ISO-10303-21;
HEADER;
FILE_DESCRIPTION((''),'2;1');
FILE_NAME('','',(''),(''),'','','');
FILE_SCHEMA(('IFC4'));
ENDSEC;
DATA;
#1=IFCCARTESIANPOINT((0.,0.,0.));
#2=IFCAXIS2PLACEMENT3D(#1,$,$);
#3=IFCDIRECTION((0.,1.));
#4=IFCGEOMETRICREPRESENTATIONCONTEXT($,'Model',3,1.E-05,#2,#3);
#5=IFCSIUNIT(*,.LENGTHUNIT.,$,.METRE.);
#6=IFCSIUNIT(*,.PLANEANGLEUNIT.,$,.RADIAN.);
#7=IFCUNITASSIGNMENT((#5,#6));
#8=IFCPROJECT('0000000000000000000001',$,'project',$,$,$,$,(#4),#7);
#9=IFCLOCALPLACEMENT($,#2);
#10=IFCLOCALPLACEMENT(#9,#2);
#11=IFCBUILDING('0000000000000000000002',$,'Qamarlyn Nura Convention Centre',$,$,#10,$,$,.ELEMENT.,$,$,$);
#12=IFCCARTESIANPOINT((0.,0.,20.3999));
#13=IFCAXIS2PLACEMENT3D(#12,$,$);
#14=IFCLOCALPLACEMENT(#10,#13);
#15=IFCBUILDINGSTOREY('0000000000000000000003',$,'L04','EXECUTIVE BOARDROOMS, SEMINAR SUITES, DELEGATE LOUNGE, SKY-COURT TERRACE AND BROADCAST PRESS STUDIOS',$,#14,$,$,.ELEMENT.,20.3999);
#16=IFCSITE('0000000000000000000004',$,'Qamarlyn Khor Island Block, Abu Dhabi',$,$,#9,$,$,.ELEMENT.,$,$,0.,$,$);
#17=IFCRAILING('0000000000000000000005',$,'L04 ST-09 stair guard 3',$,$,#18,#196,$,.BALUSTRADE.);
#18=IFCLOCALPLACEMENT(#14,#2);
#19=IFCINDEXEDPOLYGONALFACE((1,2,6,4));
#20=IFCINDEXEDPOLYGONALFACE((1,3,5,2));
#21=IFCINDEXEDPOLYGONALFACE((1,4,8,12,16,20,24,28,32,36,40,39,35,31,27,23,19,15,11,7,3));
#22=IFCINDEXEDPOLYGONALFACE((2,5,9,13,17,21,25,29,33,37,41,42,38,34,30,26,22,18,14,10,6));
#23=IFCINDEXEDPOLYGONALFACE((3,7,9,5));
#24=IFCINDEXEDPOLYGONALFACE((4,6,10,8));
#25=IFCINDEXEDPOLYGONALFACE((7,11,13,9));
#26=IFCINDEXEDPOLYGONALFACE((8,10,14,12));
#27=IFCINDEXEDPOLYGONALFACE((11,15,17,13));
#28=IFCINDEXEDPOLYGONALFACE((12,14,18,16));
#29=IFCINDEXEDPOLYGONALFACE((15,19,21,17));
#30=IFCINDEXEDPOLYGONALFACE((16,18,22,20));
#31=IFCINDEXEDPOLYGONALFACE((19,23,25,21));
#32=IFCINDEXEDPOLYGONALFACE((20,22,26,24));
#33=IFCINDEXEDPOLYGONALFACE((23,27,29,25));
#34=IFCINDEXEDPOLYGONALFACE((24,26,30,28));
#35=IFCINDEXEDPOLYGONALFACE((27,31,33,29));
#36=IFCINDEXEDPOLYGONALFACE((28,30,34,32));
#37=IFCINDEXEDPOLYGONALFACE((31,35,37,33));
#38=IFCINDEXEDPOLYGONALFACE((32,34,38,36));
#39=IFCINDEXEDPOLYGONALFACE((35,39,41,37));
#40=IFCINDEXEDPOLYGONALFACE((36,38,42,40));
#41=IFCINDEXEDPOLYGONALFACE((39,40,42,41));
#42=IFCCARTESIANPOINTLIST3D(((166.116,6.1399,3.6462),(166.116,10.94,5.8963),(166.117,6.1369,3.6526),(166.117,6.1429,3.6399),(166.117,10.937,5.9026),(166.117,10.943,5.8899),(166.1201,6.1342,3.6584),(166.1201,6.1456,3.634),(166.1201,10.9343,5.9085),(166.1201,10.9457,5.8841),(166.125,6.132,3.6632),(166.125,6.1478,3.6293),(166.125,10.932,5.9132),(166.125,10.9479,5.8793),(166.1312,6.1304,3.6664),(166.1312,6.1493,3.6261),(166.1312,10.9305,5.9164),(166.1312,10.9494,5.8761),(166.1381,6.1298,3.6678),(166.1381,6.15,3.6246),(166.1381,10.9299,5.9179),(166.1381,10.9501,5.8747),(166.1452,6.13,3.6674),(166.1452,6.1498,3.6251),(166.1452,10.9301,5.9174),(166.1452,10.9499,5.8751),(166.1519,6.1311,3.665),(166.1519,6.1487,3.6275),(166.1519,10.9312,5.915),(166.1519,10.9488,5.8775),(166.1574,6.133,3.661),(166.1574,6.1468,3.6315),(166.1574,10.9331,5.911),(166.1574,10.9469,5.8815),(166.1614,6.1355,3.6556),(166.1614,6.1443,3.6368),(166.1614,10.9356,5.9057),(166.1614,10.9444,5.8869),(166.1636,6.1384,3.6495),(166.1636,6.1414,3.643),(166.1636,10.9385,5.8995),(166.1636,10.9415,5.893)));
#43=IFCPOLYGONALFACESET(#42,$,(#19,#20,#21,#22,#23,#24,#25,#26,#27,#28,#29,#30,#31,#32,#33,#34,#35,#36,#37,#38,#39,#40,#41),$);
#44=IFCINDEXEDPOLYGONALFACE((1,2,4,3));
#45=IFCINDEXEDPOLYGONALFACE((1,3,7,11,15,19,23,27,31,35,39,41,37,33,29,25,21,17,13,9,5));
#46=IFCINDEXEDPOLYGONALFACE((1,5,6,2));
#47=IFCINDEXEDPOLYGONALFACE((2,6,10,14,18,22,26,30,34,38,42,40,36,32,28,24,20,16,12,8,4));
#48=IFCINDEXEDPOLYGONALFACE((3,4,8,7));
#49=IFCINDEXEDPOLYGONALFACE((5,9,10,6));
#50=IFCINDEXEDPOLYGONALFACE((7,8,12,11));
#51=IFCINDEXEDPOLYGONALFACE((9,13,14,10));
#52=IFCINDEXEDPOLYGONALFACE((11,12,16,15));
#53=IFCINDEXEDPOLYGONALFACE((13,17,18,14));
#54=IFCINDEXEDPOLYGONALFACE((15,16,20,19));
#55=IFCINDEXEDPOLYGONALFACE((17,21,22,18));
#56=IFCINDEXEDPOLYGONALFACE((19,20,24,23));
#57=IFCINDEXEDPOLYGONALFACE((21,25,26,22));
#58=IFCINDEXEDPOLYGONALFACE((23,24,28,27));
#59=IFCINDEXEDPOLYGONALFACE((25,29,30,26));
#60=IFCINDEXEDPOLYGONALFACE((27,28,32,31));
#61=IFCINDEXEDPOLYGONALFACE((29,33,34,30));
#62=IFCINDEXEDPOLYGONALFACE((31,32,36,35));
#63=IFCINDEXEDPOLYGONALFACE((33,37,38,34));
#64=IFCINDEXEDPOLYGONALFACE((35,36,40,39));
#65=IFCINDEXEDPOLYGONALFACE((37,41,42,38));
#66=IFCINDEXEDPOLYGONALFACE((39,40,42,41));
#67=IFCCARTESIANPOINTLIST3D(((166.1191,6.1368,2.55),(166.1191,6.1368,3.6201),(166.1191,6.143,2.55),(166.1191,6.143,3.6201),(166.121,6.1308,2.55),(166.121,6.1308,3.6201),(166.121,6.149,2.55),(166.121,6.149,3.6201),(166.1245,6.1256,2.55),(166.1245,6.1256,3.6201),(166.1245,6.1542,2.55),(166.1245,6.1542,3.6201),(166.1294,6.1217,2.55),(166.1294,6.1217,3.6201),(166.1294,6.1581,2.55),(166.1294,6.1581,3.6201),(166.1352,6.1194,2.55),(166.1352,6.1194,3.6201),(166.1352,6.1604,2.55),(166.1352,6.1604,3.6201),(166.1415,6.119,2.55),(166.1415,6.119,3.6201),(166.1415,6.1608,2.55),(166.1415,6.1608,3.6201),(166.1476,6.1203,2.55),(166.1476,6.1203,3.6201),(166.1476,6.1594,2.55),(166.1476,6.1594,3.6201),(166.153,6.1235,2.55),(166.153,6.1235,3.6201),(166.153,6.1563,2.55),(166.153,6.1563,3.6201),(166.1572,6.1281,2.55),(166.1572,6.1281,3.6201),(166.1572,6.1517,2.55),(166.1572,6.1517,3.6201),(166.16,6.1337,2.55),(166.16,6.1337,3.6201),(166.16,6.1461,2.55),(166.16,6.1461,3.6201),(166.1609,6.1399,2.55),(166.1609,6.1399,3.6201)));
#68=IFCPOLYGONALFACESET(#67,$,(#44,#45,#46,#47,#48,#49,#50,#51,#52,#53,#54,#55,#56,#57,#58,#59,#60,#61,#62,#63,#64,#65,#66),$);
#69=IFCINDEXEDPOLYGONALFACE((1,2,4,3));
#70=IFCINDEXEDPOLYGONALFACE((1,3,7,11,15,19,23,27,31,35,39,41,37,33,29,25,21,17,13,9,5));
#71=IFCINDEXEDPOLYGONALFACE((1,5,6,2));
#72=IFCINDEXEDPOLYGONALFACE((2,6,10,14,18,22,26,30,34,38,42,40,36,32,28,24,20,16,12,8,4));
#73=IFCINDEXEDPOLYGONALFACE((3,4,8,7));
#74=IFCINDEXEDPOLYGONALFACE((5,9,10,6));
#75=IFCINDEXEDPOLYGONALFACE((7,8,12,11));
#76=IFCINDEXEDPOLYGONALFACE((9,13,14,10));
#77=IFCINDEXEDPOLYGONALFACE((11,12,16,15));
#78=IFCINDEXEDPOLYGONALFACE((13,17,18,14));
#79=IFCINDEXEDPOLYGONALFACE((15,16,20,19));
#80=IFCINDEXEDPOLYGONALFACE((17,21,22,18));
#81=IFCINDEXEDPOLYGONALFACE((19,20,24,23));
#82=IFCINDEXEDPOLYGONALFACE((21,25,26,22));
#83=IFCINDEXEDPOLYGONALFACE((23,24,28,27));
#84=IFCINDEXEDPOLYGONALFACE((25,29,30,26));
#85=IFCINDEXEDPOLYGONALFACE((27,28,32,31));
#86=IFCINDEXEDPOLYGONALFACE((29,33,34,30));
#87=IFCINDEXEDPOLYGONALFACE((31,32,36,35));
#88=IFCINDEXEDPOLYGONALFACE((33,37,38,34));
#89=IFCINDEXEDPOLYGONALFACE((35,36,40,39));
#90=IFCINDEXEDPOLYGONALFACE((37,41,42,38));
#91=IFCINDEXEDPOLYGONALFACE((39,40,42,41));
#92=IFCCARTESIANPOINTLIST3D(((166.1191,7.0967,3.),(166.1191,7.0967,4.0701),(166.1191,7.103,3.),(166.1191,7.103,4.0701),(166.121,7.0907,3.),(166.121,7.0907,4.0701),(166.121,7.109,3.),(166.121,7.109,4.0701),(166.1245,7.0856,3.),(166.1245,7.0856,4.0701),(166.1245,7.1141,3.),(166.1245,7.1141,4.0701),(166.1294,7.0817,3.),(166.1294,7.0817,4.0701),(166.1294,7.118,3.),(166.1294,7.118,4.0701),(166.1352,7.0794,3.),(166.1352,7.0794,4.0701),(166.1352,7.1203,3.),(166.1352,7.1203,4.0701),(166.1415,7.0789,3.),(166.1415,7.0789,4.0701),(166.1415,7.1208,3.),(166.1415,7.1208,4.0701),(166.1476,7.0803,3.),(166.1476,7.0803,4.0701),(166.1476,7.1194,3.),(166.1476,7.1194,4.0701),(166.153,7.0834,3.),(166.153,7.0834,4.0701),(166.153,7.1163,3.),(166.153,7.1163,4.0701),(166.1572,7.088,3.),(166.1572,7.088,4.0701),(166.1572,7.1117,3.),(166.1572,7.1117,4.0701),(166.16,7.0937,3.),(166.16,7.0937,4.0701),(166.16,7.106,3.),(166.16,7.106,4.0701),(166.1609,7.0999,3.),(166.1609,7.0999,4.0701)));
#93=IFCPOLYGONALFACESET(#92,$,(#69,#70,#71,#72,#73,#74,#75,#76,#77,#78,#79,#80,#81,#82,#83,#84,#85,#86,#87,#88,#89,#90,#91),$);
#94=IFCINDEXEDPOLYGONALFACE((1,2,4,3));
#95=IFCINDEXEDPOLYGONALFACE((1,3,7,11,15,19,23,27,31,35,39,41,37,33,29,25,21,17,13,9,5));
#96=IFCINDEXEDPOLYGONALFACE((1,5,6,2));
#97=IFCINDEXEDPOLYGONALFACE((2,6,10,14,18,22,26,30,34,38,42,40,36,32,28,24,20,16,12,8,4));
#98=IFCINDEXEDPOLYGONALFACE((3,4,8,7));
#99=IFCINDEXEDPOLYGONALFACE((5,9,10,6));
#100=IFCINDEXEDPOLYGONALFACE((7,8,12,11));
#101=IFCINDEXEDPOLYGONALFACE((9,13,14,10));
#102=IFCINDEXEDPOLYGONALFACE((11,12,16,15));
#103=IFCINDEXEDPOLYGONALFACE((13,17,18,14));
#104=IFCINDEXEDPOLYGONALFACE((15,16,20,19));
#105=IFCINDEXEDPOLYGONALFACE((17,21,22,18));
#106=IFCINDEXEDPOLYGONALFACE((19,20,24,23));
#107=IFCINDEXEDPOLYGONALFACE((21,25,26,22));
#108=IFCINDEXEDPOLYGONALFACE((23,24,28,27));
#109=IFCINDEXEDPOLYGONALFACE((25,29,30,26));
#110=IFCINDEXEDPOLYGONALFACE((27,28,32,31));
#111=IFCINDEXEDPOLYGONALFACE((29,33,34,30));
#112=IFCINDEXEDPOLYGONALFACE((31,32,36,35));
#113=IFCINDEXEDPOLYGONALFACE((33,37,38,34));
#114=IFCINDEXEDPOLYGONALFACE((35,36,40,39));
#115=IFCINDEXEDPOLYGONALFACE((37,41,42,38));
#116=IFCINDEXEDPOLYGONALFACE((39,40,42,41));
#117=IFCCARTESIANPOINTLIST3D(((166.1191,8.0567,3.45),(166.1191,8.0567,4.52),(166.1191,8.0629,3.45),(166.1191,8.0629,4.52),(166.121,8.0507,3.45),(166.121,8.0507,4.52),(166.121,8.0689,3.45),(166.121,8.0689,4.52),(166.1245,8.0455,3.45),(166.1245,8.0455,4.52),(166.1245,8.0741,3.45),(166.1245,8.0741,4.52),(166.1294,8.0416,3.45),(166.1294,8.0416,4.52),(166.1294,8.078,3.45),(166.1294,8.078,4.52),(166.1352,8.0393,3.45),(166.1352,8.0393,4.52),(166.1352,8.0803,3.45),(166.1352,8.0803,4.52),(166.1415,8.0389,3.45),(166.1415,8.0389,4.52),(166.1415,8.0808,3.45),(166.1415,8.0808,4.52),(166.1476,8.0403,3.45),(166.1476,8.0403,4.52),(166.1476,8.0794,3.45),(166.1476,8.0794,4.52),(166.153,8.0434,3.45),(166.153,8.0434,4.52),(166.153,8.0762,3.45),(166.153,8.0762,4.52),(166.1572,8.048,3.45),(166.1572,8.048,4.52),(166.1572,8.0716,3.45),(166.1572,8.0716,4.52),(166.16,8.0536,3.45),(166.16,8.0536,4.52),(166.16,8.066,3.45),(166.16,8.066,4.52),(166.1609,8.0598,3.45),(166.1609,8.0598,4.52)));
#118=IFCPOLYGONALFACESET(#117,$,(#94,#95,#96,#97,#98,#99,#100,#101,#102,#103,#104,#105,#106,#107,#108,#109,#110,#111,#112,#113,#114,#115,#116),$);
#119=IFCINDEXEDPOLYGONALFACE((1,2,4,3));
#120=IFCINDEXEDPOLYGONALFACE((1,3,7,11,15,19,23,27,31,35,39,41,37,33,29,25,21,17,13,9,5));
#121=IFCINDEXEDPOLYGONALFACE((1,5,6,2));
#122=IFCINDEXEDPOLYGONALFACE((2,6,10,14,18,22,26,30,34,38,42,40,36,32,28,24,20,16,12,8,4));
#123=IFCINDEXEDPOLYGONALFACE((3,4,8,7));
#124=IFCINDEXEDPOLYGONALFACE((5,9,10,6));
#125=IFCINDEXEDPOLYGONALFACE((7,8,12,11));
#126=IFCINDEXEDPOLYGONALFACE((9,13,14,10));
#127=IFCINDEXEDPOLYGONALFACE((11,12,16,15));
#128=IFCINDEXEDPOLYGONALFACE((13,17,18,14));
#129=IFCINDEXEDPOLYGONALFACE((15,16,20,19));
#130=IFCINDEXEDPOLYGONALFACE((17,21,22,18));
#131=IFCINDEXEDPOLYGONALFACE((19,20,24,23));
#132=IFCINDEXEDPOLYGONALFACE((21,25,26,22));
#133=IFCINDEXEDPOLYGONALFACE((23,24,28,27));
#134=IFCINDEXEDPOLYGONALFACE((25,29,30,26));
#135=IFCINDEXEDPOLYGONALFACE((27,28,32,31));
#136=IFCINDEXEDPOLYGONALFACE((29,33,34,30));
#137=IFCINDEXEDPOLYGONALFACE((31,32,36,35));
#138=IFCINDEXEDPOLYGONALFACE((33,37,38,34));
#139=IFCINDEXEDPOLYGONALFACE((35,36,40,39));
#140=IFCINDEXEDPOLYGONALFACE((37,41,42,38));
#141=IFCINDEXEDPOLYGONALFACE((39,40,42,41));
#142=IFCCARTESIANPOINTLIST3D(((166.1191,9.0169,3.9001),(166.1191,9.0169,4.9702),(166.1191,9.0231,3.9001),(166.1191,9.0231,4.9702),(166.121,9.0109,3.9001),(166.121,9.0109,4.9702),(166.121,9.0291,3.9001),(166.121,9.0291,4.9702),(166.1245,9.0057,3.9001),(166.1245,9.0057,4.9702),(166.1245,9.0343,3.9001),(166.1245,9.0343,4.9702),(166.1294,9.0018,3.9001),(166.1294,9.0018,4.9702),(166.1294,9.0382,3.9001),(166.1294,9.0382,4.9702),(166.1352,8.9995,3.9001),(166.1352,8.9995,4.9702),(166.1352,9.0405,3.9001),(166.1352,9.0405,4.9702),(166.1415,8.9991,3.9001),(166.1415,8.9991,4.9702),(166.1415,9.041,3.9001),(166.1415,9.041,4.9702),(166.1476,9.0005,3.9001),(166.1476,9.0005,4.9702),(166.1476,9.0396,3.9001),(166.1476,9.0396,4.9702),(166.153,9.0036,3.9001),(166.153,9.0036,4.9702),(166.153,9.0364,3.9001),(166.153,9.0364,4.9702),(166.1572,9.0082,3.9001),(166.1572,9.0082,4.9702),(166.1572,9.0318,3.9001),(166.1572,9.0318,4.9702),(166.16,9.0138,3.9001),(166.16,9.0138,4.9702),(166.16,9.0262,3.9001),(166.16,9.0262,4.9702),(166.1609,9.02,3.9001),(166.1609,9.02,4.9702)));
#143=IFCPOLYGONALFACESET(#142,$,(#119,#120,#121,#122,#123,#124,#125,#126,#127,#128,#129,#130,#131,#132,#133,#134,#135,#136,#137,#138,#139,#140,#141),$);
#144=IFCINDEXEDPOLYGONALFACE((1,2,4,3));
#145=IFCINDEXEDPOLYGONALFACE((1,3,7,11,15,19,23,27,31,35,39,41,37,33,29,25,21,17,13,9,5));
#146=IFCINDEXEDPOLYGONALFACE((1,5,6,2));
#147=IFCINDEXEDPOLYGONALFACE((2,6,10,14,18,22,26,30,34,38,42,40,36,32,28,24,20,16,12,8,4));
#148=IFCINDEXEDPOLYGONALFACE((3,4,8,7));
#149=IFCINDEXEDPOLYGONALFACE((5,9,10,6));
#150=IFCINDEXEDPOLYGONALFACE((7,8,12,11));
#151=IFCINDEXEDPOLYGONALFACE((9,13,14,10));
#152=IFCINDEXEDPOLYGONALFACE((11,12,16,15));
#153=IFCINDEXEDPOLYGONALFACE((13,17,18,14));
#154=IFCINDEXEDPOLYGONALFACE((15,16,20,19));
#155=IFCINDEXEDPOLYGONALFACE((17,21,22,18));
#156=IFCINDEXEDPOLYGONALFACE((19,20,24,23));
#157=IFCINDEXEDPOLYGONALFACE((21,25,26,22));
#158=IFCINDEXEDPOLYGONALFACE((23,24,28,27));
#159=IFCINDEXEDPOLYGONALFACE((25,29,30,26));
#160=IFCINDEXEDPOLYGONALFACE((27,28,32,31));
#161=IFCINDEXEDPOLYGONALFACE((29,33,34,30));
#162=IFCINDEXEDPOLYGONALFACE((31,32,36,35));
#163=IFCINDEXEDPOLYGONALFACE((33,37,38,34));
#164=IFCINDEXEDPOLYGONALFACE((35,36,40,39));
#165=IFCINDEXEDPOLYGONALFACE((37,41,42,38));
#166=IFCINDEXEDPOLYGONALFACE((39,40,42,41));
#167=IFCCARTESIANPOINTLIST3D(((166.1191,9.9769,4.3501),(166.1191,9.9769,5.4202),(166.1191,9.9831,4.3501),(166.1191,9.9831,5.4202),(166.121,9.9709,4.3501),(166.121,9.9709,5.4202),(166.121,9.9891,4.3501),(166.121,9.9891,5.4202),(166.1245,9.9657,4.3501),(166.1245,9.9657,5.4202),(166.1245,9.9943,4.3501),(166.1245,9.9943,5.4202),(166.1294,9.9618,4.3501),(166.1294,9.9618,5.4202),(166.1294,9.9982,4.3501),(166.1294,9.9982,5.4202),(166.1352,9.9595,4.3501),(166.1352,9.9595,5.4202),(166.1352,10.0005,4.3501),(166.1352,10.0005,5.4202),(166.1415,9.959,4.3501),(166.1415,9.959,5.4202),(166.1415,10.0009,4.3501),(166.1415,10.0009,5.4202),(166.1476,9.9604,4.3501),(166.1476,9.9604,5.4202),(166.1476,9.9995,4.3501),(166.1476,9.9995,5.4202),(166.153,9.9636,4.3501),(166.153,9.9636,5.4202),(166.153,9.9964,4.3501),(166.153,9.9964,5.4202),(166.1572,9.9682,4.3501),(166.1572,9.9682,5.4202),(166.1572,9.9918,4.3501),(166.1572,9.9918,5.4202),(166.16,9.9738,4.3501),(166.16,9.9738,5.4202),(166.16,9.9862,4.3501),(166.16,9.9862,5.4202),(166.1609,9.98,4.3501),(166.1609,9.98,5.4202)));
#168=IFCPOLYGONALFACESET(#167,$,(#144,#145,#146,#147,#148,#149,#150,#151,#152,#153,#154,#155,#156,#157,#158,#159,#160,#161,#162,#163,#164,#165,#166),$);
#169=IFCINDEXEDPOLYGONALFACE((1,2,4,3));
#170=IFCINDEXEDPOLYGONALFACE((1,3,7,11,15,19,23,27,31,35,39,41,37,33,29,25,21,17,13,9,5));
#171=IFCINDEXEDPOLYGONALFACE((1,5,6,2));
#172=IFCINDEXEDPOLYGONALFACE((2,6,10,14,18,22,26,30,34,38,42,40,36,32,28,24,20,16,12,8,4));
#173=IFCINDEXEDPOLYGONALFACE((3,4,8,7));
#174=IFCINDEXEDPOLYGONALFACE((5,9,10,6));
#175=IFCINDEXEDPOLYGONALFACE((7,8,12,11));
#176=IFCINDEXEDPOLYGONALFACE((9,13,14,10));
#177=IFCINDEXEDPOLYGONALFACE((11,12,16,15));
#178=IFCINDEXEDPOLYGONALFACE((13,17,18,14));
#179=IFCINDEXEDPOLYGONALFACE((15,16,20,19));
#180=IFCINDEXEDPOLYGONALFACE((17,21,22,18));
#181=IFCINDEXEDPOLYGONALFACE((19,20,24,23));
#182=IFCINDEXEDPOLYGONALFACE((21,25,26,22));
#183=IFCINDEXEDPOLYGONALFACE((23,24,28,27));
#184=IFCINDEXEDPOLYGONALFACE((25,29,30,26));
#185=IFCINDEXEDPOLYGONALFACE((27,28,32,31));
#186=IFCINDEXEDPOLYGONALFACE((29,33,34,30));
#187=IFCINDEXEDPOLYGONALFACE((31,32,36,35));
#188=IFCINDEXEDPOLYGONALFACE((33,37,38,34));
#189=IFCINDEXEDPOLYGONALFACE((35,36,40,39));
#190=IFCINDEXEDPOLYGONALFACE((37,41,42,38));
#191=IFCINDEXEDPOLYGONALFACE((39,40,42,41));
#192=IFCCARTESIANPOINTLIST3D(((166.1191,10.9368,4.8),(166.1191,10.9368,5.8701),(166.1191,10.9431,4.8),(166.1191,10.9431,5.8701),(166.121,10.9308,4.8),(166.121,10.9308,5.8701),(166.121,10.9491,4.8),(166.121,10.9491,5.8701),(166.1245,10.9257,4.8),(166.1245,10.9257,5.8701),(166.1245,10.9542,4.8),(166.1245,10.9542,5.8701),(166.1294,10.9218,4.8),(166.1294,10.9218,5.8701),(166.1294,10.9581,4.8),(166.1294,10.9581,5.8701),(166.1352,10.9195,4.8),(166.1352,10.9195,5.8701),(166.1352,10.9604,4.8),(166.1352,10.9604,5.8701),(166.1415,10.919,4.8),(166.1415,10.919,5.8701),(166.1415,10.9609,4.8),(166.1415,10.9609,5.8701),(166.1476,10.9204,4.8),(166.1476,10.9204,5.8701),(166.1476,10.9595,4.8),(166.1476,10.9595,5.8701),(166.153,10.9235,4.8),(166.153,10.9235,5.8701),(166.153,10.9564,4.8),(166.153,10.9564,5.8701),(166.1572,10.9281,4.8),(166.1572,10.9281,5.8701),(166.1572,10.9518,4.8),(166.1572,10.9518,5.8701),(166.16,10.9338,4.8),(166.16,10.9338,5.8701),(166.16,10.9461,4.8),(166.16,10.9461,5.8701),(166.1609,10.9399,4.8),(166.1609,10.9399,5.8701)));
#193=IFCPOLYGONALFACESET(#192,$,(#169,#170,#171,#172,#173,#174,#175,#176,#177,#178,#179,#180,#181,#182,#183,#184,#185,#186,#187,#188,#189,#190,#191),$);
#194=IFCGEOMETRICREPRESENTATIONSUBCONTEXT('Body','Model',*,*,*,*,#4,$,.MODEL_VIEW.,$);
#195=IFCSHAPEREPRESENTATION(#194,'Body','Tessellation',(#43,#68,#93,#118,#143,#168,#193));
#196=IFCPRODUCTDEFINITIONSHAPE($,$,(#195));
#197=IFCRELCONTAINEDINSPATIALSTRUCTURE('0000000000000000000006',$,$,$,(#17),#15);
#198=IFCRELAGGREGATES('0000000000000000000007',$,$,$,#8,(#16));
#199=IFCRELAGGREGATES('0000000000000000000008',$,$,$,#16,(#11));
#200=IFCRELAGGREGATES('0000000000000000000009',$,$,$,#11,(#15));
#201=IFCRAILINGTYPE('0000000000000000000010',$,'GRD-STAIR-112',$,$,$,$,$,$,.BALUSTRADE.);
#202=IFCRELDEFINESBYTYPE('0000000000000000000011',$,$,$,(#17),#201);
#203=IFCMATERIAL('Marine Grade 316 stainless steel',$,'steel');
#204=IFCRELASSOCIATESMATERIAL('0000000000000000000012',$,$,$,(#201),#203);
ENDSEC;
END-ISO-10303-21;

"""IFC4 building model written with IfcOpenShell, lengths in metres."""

from ifc_helpers import new_model, si_unit, direction, frame, origin, origin_2d, place, context, subcontext, project, spatial, circle, extrude, material, type_object, element, save


model = new_model("IFC4")

# Units and contexts
model_context = context("Model", 3, precision=1e-05, world=origin(), true_north=direction((0.0, 1.0)))
body_context = subcontext(model_context, "Body", "Model", "MODEL_VIEW")
ifc_project = project(units=[si_unit("LENGTHUNIT", "METRE"), si_unit("PLANEANGLEUNIT", "RADIAN")], contexts=[model_context])

# Site, building, storey
site_placement = place(None, origin())
site = spatial("IfcSite", under=ifc_project, at=site_placement, Name="Qamarlyn Khor Island Block, Abu Dhabi", CompositionType="ELEMENT", RefElevation=0.0)
building_placement = place(site_placement, origin())
building = spatial("IfcBuilding", under=site, at=building_placement, Name="Qamarlyn Nura Convention Centre", CompositionType="ELEMENT")
storey_placement = place(building_placement, frame((0.0, 0.0, 20.3999)))
storey = spatial("IfcBuildingStorey", under=building, at=storey_placement, Name="L04", Description="EXECUTIVE BOARDROOMS, SEMINAR SUITES, DELEGATE LOUNGE, SKY-COURT TERRACE AND BROADCAST PRESS STUDIOS", CompositionType="ELEMENT", Elevation=20.3999)

# Railing
ifc_material_1 = material(Name="Marine Grade 316 stainless steel", Category="steel")
railing_type_1 = type_object("IfcRailingType", Name="GRD-STAIR-112", PredefinedType="BALUSTRADE", material=ifc_material_1)
railing_1_placement = place(storey_placement, frame((166.1399, 6.1399, 2.55)))
element("IfcRailing", 1, at=railing_1_placement, inside=storey, type_object=railing_type_1, Name="L04 ST-09 stair guard 3", PredefinedType="BALUSTRADE", context=body_context, shape_type="SweptSolid", body=[
    extrude(circle(Radius=0.0239, at=origin_2d()), frame((0.0, 0.0, 1.0962), z_axis=(0.0, 0.905461, 0.42443), x_axis=(-1.0, 0.0, 0.0)), (0.0, 0.0, 1.0), 5.3013),
    extrude(circle(Radius=0.021, at=origin_2d()), origin(), (0.0, 0.0, 1.0), 1.0701),
    extrude(circle(Radius=0.021, at=origin_2d()), frame((0.0, 0.96, 0.45)), (0.0, 0.0, 1.0), 1.0701),
    extrude(circle(Radius=0.021, at=origin_2d()), frame((0.0, 1.9199, 0.8999)), (0.0, 0.0, 1.0), 1.0701),
    extrude(circle(Radius=0.021, at=origin_2d()), frame((0.0, 2.8801, 1.3501)), (0.0, 0.0, 1.0), 1.0701),
    extrude(circle(Radius=0.021, at=origin_2d()), frame((0.0, 3.8401, 1.8)), (0.0, 0.0, 1.0), 1.0701),
    extrude(circle(Radius=0.021, at=origin_2d()), frame((0.0, 4.8, 2.25)), (0.0, 0.0, 1.0), 1.0701),
])

save(model, "model.ifc")
